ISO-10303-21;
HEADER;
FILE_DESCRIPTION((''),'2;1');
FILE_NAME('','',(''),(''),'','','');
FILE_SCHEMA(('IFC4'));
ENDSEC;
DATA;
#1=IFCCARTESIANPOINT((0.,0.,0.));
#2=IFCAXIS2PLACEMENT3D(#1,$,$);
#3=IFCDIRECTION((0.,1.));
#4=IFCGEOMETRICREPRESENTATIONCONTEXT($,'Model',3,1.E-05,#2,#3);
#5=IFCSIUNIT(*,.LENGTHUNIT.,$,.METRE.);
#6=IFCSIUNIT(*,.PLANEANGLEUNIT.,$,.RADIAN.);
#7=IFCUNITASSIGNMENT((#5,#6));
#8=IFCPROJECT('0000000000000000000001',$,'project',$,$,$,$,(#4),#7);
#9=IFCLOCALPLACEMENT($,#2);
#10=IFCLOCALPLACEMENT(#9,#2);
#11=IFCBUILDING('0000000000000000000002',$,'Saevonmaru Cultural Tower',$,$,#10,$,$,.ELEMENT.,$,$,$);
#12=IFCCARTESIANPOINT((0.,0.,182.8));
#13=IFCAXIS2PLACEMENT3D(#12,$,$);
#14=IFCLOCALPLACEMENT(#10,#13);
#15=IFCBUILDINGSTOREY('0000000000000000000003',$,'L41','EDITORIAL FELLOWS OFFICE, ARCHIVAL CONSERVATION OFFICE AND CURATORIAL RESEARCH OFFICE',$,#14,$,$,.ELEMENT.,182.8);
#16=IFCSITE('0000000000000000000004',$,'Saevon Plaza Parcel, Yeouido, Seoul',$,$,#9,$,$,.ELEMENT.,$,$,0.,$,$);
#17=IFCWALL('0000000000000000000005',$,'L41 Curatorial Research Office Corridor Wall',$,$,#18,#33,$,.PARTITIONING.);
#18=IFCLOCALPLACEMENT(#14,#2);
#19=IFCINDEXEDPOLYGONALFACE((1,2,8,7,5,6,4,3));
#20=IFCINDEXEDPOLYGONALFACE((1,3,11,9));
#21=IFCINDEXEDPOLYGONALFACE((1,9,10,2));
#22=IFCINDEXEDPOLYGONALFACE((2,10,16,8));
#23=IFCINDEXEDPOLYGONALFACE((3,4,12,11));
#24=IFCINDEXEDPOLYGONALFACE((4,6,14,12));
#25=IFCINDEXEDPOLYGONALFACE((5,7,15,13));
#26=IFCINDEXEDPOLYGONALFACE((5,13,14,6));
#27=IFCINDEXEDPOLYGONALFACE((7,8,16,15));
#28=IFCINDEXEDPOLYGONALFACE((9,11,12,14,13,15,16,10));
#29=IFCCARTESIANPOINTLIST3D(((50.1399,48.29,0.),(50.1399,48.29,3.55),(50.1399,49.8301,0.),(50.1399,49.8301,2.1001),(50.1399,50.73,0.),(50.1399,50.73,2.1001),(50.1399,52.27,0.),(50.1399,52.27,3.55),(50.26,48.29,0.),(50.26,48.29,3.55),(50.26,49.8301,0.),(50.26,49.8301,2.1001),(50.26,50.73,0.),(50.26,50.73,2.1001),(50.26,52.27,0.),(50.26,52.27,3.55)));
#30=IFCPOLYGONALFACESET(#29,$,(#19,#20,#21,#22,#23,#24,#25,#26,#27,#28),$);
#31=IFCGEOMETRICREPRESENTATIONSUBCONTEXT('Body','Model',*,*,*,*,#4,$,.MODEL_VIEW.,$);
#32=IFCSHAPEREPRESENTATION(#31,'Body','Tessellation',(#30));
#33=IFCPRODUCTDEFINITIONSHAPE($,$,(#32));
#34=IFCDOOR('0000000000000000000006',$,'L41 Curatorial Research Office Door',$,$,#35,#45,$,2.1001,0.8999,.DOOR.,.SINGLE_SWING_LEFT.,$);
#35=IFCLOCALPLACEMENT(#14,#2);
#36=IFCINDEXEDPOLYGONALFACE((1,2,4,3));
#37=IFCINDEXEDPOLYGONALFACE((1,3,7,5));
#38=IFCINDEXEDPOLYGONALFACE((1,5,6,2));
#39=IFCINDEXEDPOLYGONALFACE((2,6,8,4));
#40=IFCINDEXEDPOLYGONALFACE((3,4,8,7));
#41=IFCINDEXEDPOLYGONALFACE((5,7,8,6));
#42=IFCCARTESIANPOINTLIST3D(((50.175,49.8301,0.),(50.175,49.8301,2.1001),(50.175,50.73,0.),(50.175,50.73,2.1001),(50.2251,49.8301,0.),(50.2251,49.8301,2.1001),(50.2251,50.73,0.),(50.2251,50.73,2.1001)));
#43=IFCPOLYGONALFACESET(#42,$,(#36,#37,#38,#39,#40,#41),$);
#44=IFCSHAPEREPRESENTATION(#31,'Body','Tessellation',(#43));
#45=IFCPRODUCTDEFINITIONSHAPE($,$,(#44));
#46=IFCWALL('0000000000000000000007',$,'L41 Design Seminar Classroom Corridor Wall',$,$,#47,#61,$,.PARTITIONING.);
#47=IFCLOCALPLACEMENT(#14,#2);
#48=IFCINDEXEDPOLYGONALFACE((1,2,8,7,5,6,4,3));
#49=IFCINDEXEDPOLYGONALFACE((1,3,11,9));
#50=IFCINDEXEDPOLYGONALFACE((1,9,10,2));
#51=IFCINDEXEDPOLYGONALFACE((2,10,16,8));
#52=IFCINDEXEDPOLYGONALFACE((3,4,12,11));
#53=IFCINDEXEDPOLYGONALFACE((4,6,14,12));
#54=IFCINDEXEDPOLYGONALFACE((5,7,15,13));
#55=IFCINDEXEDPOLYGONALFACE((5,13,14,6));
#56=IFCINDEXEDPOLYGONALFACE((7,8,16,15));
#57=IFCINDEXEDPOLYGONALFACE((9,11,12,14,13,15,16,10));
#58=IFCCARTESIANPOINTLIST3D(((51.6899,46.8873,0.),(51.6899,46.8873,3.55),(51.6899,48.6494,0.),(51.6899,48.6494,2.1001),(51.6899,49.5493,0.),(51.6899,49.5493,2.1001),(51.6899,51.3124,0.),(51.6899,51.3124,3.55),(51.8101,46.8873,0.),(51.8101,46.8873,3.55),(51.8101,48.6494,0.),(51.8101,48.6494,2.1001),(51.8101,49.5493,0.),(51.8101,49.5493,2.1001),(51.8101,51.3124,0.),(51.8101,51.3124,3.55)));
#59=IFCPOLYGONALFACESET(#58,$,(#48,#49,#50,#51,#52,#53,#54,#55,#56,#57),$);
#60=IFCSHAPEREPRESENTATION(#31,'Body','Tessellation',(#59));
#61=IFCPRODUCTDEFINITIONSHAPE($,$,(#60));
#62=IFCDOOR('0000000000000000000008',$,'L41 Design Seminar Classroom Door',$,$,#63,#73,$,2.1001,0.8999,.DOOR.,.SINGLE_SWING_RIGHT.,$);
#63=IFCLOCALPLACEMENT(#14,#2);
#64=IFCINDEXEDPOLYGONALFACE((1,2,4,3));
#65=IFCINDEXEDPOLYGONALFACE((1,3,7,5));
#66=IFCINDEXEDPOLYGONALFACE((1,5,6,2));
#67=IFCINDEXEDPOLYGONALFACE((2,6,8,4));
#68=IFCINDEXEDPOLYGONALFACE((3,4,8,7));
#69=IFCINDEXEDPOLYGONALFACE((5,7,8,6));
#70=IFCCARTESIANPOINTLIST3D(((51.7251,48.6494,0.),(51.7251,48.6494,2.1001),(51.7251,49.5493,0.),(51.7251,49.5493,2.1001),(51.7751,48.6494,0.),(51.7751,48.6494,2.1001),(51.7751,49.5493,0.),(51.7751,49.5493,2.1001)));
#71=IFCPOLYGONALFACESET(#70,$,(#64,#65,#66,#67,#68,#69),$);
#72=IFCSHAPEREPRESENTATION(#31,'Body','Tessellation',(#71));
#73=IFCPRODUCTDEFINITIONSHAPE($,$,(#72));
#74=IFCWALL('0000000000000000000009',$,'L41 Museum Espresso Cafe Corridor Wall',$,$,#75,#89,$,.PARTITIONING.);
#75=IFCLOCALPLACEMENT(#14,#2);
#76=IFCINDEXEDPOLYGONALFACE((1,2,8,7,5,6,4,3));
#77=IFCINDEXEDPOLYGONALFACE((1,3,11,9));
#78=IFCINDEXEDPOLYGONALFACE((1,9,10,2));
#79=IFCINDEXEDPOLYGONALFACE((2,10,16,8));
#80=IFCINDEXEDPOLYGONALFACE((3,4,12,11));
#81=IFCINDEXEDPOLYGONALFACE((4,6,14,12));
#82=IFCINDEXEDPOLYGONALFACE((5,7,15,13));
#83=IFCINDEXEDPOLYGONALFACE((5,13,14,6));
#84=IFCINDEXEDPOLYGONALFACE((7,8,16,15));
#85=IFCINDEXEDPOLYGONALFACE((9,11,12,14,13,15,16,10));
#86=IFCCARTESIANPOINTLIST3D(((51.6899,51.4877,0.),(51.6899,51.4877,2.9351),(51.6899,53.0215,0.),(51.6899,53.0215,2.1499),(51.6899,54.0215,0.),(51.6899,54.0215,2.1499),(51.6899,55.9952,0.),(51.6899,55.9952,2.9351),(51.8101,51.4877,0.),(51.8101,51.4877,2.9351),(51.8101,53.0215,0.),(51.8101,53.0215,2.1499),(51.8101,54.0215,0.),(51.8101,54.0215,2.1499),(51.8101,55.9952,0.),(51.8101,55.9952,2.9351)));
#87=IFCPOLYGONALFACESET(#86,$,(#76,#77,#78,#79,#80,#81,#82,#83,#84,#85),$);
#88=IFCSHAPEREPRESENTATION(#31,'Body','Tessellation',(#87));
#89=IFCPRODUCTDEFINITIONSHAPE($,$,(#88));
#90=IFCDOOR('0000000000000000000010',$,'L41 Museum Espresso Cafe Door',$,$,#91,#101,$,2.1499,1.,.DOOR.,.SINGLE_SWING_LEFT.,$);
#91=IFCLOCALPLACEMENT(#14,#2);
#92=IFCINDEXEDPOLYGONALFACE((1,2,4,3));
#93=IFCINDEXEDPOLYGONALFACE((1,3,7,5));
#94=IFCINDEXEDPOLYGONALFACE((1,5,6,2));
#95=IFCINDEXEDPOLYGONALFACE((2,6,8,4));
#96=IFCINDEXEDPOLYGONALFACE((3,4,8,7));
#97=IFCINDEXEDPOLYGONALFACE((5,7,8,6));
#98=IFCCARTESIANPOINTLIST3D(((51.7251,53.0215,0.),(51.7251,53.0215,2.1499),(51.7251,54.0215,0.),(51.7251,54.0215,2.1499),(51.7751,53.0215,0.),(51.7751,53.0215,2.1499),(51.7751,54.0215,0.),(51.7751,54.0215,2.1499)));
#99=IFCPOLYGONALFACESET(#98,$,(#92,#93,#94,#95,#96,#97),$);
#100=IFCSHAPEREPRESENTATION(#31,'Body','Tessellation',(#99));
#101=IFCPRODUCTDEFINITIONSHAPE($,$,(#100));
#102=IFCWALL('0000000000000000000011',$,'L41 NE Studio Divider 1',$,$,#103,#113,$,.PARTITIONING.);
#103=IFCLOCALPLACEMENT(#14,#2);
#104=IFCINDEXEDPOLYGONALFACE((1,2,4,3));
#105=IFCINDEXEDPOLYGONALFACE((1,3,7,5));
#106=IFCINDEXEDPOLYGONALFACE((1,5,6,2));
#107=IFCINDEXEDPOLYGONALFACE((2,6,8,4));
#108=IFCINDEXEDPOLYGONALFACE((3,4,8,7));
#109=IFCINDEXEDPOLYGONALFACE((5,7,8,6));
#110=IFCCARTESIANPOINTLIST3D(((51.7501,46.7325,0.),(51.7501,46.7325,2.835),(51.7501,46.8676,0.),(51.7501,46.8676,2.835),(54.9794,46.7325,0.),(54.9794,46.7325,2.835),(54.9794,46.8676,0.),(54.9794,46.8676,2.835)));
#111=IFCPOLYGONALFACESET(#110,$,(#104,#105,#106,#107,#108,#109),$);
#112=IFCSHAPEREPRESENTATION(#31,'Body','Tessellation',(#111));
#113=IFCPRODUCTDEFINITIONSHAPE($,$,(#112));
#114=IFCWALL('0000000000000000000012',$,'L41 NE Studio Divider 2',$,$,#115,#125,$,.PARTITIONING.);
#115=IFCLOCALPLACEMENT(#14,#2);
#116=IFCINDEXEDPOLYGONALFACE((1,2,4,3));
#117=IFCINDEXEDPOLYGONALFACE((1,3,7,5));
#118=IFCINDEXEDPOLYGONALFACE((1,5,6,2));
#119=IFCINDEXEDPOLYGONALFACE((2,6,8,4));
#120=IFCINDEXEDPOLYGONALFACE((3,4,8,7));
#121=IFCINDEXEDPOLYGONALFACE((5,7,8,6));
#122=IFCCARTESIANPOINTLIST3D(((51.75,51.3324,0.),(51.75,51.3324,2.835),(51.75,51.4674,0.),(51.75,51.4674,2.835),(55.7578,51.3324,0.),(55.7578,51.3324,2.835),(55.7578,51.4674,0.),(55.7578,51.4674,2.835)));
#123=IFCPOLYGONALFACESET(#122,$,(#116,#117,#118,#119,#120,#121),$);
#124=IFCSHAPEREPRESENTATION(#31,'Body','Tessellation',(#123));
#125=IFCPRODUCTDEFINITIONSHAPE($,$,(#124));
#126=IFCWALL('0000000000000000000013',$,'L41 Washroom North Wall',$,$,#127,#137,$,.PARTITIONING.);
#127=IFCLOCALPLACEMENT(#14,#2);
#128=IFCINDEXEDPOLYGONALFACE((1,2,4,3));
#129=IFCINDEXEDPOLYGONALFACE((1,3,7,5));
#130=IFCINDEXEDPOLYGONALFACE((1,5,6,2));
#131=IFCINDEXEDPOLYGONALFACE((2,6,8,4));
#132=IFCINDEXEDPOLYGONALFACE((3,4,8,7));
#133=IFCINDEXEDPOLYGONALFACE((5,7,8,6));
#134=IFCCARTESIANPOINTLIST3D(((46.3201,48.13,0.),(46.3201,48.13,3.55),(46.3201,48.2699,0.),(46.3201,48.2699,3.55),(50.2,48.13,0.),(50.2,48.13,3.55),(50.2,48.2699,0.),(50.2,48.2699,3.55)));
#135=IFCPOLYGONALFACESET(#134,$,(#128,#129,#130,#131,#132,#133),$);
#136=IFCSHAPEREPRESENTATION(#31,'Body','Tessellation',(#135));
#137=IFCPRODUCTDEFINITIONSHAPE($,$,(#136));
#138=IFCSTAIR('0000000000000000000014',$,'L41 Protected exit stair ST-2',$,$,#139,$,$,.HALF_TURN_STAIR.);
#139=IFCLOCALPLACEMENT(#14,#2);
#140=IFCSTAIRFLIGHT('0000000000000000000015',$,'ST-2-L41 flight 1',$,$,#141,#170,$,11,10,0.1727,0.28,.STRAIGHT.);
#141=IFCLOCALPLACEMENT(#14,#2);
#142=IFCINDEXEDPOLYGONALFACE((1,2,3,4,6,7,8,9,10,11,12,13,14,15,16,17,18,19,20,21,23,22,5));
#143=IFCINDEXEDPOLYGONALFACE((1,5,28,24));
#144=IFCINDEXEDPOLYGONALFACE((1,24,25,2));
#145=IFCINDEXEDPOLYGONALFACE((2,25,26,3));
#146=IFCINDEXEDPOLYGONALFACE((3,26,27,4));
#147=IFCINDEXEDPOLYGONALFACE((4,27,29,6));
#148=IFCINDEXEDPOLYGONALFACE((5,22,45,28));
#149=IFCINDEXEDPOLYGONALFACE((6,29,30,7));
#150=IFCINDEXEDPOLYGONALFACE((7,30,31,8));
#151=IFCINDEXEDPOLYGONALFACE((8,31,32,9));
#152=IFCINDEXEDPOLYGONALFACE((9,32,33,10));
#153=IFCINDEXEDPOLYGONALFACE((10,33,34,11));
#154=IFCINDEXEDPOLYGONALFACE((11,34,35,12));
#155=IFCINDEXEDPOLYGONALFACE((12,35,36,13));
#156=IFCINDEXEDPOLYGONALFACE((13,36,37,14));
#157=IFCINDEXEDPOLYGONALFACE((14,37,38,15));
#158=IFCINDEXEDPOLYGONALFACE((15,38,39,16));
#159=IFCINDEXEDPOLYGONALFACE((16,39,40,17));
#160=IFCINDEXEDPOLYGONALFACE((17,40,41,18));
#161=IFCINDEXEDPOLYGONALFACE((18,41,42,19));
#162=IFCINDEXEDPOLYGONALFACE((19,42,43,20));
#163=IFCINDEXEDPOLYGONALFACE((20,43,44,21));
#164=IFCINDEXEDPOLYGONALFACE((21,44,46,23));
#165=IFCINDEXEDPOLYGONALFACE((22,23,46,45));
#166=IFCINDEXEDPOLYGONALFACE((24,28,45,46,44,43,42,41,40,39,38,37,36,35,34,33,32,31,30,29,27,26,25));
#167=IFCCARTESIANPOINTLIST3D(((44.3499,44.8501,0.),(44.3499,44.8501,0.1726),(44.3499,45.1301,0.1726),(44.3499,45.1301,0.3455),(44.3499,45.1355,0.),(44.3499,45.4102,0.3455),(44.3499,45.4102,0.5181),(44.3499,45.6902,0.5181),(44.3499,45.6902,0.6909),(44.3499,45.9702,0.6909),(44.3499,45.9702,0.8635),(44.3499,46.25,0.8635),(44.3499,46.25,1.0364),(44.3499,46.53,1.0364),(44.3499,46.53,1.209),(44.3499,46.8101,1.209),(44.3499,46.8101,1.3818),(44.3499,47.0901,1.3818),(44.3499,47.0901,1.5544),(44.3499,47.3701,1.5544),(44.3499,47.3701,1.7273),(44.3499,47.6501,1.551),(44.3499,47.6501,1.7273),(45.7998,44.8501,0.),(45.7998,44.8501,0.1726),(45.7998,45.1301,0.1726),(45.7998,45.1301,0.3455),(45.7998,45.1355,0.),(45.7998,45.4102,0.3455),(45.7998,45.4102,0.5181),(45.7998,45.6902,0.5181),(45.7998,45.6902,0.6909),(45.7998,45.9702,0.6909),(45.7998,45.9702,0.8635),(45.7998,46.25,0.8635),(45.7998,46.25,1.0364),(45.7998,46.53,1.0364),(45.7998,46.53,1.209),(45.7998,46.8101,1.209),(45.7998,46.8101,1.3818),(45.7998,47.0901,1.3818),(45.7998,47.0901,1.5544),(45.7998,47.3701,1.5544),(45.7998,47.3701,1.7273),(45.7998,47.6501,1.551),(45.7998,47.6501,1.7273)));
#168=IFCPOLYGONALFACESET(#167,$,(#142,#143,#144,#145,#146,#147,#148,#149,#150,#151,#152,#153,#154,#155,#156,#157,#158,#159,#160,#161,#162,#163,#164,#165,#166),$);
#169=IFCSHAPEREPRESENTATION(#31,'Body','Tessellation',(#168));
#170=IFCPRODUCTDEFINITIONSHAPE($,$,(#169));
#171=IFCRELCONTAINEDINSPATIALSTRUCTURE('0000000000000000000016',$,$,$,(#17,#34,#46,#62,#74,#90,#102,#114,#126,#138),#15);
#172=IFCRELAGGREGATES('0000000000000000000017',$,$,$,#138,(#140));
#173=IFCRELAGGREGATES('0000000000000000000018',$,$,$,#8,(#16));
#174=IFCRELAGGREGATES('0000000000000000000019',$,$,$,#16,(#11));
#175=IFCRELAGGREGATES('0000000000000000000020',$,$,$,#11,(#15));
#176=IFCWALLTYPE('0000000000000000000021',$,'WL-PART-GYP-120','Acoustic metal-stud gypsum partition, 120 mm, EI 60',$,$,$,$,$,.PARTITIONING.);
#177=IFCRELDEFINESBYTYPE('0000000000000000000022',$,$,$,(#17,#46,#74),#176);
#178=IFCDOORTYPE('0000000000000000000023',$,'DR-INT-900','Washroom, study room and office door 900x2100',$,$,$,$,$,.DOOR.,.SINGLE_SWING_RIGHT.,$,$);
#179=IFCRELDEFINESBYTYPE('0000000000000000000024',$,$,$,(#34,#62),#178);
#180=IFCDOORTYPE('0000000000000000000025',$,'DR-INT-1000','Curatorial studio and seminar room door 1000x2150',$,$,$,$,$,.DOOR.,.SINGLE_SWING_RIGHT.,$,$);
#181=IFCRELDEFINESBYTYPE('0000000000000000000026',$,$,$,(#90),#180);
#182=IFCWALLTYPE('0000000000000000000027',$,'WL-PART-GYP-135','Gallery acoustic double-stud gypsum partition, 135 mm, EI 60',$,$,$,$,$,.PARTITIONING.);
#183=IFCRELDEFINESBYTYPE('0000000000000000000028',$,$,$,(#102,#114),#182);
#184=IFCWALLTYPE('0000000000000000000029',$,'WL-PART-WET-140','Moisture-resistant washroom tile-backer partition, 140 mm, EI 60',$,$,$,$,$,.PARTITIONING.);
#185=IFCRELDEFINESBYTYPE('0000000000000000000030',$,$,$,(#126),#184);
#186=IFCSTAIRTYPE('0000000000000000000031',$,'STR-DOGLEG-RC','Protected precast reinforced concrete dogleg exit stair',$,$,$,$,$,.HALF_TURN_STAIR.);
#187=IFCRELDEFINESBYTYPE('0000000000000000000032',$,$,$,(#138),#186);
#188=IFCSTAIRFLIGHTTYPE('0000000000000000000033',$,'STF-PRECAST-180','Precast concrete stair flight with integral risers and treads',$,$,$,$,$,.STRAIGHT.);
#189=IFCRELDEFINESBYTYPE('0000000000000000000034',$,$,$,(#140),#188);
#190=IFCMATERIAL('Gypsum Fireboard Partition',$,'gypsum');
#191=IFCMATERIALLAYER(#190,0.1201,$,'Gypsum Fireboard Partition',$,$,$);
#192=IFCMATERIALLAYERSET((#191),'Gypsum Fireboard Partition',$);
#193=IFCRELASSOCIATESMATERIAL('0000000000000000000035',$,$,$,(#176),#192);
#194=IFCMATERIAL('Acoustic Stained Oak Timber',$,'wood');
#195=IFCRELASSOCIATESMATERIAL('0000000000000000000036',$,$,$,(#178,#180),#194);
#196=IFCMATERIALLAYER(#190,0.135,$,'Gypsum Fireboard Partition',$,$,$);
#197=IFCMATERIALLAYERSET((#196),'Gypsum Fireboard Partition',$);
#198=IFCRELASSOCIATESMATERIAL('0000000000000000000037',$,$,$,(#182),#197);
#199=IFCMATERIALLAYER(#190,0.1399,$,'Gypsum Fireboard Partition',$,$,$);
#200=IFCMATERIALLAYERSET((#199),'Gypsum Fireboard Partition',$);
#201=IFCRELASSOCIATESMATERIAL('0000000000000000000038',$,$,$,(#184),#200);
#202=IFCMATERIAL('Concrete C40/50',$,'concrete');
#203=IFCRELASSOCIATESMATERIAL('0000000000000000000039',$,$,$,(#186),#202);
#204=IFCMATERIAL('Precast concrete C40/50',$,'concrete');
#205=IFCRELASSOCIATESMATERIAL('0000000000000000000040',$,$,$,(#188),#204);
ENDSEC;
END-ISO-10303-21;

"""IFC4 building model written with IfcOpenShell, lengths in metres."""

from ifc_helpers import new_model, si_unit, direction, frame, frame_2d, origin, place, context, subcontext, project, spatial, polyline, rectangle, outline, extrude, material, layer, layer_set, type_object, element, fill, aggregate, save


model = new_model("IFC4")

# Units and contexts
model_context = context("Model", 3, precision=1e-05, world=origin(), true_north=direction((0.0, 1.0)))
body_context = subcontext(model_context, "Body", "Model", "MODEL_VIEW")
ifc_project = project(units=[si_unit("LENGTHUNIT", "METRE"), si_unit("PLANEANGLEUNIT", "RADIAN")], contexts=[model_context])

# Site, building, storey
site_placement = place(None, origin())
site = spatial("IfcSite", under=ifc_project, at=site_placement, Name="Saevon Plaza Parcel, Yeouido, Seoul", CompositionType="ELEMENT", RefElevation=0.0)
building_placement = place(site_placement, origin())
building = spatial("IfcBuilding", under=site, at=building_placement, Name="Saevonmaru Cultural Tower", CompositionType="ELEMENT")
storey_placement = place(building_placement, frame((0.0, 0.0, 182.8)))
storey = spatial("IfcBuildingStorey", under=building, at=storey_placement, Name="L41", Description="EDITORIAL FELLOWS OFFICE, ARCHIVAL CONSERVATION OFFICE AND CURATORIAL RESEARCH OFFICE", CompositionType="ELEMENT", Elevation=182.8)

# Walls, openings, doors
ifc_material_1 = material(Name="Gypsum Fireboard Partition", Category="gypsum")
ifc_layer_1 = layer(ifc_material_1, 0.1201, Name="Gypsum Fireboard Partition")
ifc_layer_set_1 = layer_set([ifc_layer_1], Name="Gypsum Fireboard Partition")
wall_type_1 = type_object("IfcWallType", Name="WL-PART-GYP-120", Description="Acoustic metal-stud gypsum partition, 120 mm, EI 60", PredefinedType="PARTITIONING", material=ifc_layer_set_1)
wall_1_placement = place(storey_placement, frame((50.2, 48.29, 0.0), z_axis=(0.0, 0.0, 1.0), x_axis=(0.0, 1.0, 0.0)))
wall_1 = element("IfcWall", 1, at=wall_1_placement, inside=storey, type_object=wall_type_1, Name="L41 Curatorial Research Office Corridor Wall", PredefinedType="PARTITIONING", context=body_context, shape_type="SweptSolid", body=[
    extrude(rectangle(XDim=3.98, YDim=0.1201, at=frame_2d((1.99, 0.0))), origin(), (0.0, 0.0, 1.0), 3.55),
])
opening_1_placement = place(wall_1_placement, frame((1.54, 0.0, 0.0)))
opening_1 = element("IfcOpeningElement", 2, at=opening_1_placement, cuts=wall_1, PredefinedType="OPENING", context=body_context, shape_type="SweptSolid", body=[
    extrude(rectangle(XDim=0.8999, YDim=2.1001, at=frame_2d((0.45, 1.05))), frame((0.0, 0.0701, 0.0), z_axis=(0.0, -1.0, 0.0), x_axis=(1.0, 0.0, 0.0)), (0.0, 0.0, 1.0), 0.1401),
])
ifc_material_2 = material(Name="Acoustic Stained Oak Timber", Category="wood")
door_type_1 = type_object("IfcDoorType", Name="DR-INT-900", Description="Washroom, study room and office door 900x2100", OperationType="SINGLE_SWING_RIGHT", PredefinedType="DOOR", material=ifc_material_2)
door_1_placement = place(opening_1_placement, origin())
door_1 = element("IfcDoor", 3, at=door_1_placement, inside=storey, type_object=door_type_1, Name="L41 Curatorial Research Office Door", OperationType="SINGLE_SWING_LEFT", OverallHeight=2.1001, OverallWidth=0.8999, PredefinedType="DOOR", context=body_context, shape_type="SweptSolid", body=[
    extrude(rectangle(XDim=0.8999, YDim=2.1001, at=frame_2d((0.45, 1.05))), frame((0.0, 0.0249, 0.0), z_axis=(0.0, -1.0, 0.0), x_axis=(1.0, 0.0, 0.0)), (0.0, 0.0, 1.0), 0.05),
])
fill(opening_1, door_1)
wall_2_placement = place(storey_placement, frame((51.75, 46.8875, 0.0), z_axis=(0.0, 0.0, 1.0), x_axis=(0.0, 1.0, 0.0)))
wall_2 = element("IfcWall", 4, at=wall_2_placement, inside=storey, type_object=wall_type_1, Name="L41 Design Seminar Classroom Corridor Wall", PredefinedType="PARTITIONING", context=body_context, shape_type="SweptSolid", body=[
    extrude(rectangle(XDim=4.425, YDim=0.1201, at=frame_2d((2.2124, 0.0))), origin(), (0.0, 0.0, 1.0), 3.55),
])
opening_2_placement = place(wall_2_placement, frame((1.762, 0.0, 0.0)))
opening_2 = element("IfcOpeningElement", 5, at=opening_2_placement, cuts=wall_2, PredefinedType="OPENING", context=body_context, shape_type="SweptSolid", body=[
    extrude(rectangle(XDim=0.8999, YDim=2.1001, at=frame_2d((0.45, 1.05))), frame((0.0, 0.0701, 0.0), z_axis=(0.0, -1.0, 0.0), x_axis=(1.0, 0.0, 0.0)), (0.0, 0.0, 1.0), 0.1401),
])
door_2_placement = place(opening_2_placement, origin())
door_2 = element("IfcDoor", 6, at=door_2_placement, inside=storey, type_object=door_type_1, Name="L41 Design Seminar Classroom Door", OperationType="SINGLE_SWING_RIGHT", OverallHeight=2.1001, OverallWidth=0.8999, PredefinedType="DOOR", context=body_context, shape_type="SweptSolid", body=[
    extrude(rectangle(XDim=0.8999, YDim=2.1001, at=frame_2d((0.45, 1.05))), frame((0.0, 0.0249, 0.0), z_axis=(0.0, -1.0, 0.0), x_axis=(1.0, 0.0, 0.0)), (0.0, 0.0, 1.0), 0.05),
])
fill(opening_2, door_2)
wall_3_placement = place(storey_placement, frame((51.75, 51.4875, 0.0), z_axis=(0.0, 0.0, 1.0), x_axis=(0.0, 1.0, 0.0)))
wall_3 = element("IfcWall", 7, at=wall_3_placement, inside=storey, type_object=wall_type_1, Name="L41 Museum Espresso Cafe Corridor Wall", PredefinedType="PARTITIONING", context=body_context, shape_type="SweptSolid", body=[
    extrude(rectangle(XDim=4.5076, YDim=0.1201, at=frame_2d((2.2539, 0.0))), origin(), (0.0, 0.0, 1.0), 2.9351),
])
opening_3_placement = place(wall_3_placement, frame((1.5339, 0.0, 0.0)))
opening_3 = element("IfcOpeningElement", 8, at=opening_3_placement, cuts=wall_3, PredefinedType="OPENING", context=body_context, shape_type="SweptSolid", body=[
    extrude(rectangle(XDim=1.0, YDim=2.1499, at=frame_2d((0.5, 1.075))), frame((0.0, 0.0701, 0.0), z_axis=(0.0, -1.0, 0.0), x_axis=(1.0, 0.0, 0.0)), (0.0, 0.0, 1.0), 0.1401),
])
door_type_2 = type_object("IfcDoorType", Name="DR-INT-1000", Description="Curatorial studio and seminar room door 1000x2150", OperationType="SINGLE_SWING_RIGHT", PredefinedType="DOOR", material=ifc_material_2)
door_3_placement = place(opening_3_placement, origin())
door_3 = element("IfcDoor", 9, at=door_3_placement, inside=storey, type_object=door_type_2, Name="L41 Museum Espresso Cafe Door", OperationType="SINGLE_SWING_LEFT", OverallHeight=2.1499, OverallWidth=1.0, PredefinedType="DOOR", context=body_context, shape_type="SweptSolid", body=[
    extrude(rectangle(XDim=1.0, YDim=2.1499, at=frame_2d((0.5, 1.075))), frame((0.0, 0.0249, 0.0), z_axis=(0.0, -1.0, 0.0), x_axis=(1.0, 0.0, 0.0)), (0.0, 0.0, 1.0), 0.05),
])
fill(opening_3, door_3)

# Walls
ifc_layer_2 = layer(ifc_material_1, 0.135, Name="Gypsum Fireboard Partition")
ifc_layer_set_2 = layer_set([ifc_layer_2], Name="Gypsum Fireboard Partition")
wall_type_2 = type_object("IfcWallType", Name="WL-PART-GYP-135", Description="Gallery acoustic double-stud gypsum partition, 135 mm, EI 60", PredefinedType="PARTITIONING", material=ifc_layer_set_2)
wall_4_placement = place(storey_placement, frame((51.75, 46.8, 0.0), z_axis=(0.0, 0.0, 1.0), x_axis=(1.0, 0.0, 0.0)))
element("IfcWall", 10, at=wall_4_placement, inside=storey, type_object=wall_type_2, Name="L41 NE Studio Divider 1", PredefinedType="PARTITIONING", context=body_context, shape_type="SweptSolid", body=[
    extrude(rectangle(XDim=3.2292, YDim=0.135, at=frame_2d((1.6147, 0.0))), origin(), (0.0, 0.0, 1.0), 2.835),
])
wall_5_placement = place(storey_placement, frame((51.75, 51.3999, 0.0), z_axis=(0.0, 0.0, 1.0), x_axis=(1.0, 0.0, 0.0)))
element("IfcWall", 11, at=wall_5_placement, inside=storey, type_object=wall_type_2, Name="L41 NE Studio Divider 2", PredefinedType="PARTITIONING", context=body_context, shape_type="SweptSolid", body=[
    extrude(rectangle(XDim=4.0078, YDim=0.135, at=frame_2d((2.0039, 0.0))), origin(), (0.0, 0.0, 1.0), 2.835),
])
ifc_layer_3 = layer(ifc_material_1, 0.1399, Name="Gypsum Fireboard Partition")
ifc_layer_set_3 = layer_set([ifc_layer_3], Name="Gypsum Fireboard Partition")
wall_type_3 = type_object("IfcWallType", Name="WL-PART-WET-140", Description="Moisture-resistant washroom tile-backer partition, 140 mm, EI 60", PredefinedType="PARTITIONING", material=ifc_layer_set_3)
wall_6_placement = place(storey_placement, frame((46.3201, 48.2, 0.0), z_axis=(0.0, 0.0, 1.0), x_axis=(1.0, 0.0, 0.0)))
element("IfcWall", 12, at=wall_6_placement, inside=storey, type_object=wall_type_3, Name="L41 Washroom North Wall", PredefinedType="PARTITIONING", context=body_context, shape_type="SweptSolid", body=[
    extrude(rectangle(XDim=3.8799, YDim=0.1399, at=frame_2d((1.9399, 0.0))), origin(), (0.0, 0.0, 1.0), 3.55),
])

# Stair, stair flight
ifc_material_3 = material(Name="Concrete C40/50", Category="concrete")
stair_type = type_object("IfcStairType", Name="STR-DOGLEG-RC", Description="Protected precast reinforced concrete dogleg exit stair", PredefinedType="HALF_TURN_STAIR", material=ifc_material_3)
stair_placement = place(storey_placement, origin())
stair = element("IfcStair", 13, at=stair_placement, inside=storey, type_object=stair_type, Name="L41 Protected exit stair ST-2", PredefinedType="HALF_TURN_STAIR")
ifc_material_4 = material(Name="Precast concrete C40/50", Category="concrete")
stair_flight_type = type_object("IfcStairFlightType", Name="STF-PRECAST-180", Description="Precast concrete stair flight with integral risers and treads", PredefinedType="STRAIGHT", material=ifc_material_4)
stair_flight_placement = place(storey_placement, frame((45.075, 44.8501, 0.0), z_axis=(0.0, 0.0, 1.0), x_axis=(0.0, 1.0, 0.0)))
stair_flight = element("IfcStairFlight", 14, at=stair_flight_placement, type_object=stair_flight_type, Name="ST-2-L41 flight 1", NumberOfRisers=11, NumberOfTreads=10, PredefinedType="STRAIGHT", RiserHeight=0.1727, TreadLength=0.28, context=body_context, shape_type="SweptSolid", body=[
    extrude(outline(polyline([(0.0, 0.0), (0.0, 0.1726), (0.28, 0.1726), (0.28, 0.3455), (0.5601, 0.3455), (0.5601, 0.5181), (0.8401, 0.5181), (0.8401, 0.6909), (1.1201, 0.6909), (1.1201, 0.8635), (1.3999, 0.8635), (1.3999, 1.0364), (1.6799, 1.0364), (1.6799, 1.209), (1.96, 1.209), (1.96, 1.3818), (2.24, 1.3818), (2.24, 1.5544), (2.52, 1.5544), (2.52, 1.7273), (2.8, 1.7273), (2.8, 1.8999), (2.8, 1.551), (0.2854, 0.0), (0.0, 0.0)])), frame((0.0, 0.7251, 0.0), z_axis=(0.0, -1.0, 0.0), x_axis=(1.0, 0.0, 0.0)), (0.0, 0.0, 1.0), 1.45),
])
aggregate(stair, [stair_flight])

save(model, "model.ifc")
